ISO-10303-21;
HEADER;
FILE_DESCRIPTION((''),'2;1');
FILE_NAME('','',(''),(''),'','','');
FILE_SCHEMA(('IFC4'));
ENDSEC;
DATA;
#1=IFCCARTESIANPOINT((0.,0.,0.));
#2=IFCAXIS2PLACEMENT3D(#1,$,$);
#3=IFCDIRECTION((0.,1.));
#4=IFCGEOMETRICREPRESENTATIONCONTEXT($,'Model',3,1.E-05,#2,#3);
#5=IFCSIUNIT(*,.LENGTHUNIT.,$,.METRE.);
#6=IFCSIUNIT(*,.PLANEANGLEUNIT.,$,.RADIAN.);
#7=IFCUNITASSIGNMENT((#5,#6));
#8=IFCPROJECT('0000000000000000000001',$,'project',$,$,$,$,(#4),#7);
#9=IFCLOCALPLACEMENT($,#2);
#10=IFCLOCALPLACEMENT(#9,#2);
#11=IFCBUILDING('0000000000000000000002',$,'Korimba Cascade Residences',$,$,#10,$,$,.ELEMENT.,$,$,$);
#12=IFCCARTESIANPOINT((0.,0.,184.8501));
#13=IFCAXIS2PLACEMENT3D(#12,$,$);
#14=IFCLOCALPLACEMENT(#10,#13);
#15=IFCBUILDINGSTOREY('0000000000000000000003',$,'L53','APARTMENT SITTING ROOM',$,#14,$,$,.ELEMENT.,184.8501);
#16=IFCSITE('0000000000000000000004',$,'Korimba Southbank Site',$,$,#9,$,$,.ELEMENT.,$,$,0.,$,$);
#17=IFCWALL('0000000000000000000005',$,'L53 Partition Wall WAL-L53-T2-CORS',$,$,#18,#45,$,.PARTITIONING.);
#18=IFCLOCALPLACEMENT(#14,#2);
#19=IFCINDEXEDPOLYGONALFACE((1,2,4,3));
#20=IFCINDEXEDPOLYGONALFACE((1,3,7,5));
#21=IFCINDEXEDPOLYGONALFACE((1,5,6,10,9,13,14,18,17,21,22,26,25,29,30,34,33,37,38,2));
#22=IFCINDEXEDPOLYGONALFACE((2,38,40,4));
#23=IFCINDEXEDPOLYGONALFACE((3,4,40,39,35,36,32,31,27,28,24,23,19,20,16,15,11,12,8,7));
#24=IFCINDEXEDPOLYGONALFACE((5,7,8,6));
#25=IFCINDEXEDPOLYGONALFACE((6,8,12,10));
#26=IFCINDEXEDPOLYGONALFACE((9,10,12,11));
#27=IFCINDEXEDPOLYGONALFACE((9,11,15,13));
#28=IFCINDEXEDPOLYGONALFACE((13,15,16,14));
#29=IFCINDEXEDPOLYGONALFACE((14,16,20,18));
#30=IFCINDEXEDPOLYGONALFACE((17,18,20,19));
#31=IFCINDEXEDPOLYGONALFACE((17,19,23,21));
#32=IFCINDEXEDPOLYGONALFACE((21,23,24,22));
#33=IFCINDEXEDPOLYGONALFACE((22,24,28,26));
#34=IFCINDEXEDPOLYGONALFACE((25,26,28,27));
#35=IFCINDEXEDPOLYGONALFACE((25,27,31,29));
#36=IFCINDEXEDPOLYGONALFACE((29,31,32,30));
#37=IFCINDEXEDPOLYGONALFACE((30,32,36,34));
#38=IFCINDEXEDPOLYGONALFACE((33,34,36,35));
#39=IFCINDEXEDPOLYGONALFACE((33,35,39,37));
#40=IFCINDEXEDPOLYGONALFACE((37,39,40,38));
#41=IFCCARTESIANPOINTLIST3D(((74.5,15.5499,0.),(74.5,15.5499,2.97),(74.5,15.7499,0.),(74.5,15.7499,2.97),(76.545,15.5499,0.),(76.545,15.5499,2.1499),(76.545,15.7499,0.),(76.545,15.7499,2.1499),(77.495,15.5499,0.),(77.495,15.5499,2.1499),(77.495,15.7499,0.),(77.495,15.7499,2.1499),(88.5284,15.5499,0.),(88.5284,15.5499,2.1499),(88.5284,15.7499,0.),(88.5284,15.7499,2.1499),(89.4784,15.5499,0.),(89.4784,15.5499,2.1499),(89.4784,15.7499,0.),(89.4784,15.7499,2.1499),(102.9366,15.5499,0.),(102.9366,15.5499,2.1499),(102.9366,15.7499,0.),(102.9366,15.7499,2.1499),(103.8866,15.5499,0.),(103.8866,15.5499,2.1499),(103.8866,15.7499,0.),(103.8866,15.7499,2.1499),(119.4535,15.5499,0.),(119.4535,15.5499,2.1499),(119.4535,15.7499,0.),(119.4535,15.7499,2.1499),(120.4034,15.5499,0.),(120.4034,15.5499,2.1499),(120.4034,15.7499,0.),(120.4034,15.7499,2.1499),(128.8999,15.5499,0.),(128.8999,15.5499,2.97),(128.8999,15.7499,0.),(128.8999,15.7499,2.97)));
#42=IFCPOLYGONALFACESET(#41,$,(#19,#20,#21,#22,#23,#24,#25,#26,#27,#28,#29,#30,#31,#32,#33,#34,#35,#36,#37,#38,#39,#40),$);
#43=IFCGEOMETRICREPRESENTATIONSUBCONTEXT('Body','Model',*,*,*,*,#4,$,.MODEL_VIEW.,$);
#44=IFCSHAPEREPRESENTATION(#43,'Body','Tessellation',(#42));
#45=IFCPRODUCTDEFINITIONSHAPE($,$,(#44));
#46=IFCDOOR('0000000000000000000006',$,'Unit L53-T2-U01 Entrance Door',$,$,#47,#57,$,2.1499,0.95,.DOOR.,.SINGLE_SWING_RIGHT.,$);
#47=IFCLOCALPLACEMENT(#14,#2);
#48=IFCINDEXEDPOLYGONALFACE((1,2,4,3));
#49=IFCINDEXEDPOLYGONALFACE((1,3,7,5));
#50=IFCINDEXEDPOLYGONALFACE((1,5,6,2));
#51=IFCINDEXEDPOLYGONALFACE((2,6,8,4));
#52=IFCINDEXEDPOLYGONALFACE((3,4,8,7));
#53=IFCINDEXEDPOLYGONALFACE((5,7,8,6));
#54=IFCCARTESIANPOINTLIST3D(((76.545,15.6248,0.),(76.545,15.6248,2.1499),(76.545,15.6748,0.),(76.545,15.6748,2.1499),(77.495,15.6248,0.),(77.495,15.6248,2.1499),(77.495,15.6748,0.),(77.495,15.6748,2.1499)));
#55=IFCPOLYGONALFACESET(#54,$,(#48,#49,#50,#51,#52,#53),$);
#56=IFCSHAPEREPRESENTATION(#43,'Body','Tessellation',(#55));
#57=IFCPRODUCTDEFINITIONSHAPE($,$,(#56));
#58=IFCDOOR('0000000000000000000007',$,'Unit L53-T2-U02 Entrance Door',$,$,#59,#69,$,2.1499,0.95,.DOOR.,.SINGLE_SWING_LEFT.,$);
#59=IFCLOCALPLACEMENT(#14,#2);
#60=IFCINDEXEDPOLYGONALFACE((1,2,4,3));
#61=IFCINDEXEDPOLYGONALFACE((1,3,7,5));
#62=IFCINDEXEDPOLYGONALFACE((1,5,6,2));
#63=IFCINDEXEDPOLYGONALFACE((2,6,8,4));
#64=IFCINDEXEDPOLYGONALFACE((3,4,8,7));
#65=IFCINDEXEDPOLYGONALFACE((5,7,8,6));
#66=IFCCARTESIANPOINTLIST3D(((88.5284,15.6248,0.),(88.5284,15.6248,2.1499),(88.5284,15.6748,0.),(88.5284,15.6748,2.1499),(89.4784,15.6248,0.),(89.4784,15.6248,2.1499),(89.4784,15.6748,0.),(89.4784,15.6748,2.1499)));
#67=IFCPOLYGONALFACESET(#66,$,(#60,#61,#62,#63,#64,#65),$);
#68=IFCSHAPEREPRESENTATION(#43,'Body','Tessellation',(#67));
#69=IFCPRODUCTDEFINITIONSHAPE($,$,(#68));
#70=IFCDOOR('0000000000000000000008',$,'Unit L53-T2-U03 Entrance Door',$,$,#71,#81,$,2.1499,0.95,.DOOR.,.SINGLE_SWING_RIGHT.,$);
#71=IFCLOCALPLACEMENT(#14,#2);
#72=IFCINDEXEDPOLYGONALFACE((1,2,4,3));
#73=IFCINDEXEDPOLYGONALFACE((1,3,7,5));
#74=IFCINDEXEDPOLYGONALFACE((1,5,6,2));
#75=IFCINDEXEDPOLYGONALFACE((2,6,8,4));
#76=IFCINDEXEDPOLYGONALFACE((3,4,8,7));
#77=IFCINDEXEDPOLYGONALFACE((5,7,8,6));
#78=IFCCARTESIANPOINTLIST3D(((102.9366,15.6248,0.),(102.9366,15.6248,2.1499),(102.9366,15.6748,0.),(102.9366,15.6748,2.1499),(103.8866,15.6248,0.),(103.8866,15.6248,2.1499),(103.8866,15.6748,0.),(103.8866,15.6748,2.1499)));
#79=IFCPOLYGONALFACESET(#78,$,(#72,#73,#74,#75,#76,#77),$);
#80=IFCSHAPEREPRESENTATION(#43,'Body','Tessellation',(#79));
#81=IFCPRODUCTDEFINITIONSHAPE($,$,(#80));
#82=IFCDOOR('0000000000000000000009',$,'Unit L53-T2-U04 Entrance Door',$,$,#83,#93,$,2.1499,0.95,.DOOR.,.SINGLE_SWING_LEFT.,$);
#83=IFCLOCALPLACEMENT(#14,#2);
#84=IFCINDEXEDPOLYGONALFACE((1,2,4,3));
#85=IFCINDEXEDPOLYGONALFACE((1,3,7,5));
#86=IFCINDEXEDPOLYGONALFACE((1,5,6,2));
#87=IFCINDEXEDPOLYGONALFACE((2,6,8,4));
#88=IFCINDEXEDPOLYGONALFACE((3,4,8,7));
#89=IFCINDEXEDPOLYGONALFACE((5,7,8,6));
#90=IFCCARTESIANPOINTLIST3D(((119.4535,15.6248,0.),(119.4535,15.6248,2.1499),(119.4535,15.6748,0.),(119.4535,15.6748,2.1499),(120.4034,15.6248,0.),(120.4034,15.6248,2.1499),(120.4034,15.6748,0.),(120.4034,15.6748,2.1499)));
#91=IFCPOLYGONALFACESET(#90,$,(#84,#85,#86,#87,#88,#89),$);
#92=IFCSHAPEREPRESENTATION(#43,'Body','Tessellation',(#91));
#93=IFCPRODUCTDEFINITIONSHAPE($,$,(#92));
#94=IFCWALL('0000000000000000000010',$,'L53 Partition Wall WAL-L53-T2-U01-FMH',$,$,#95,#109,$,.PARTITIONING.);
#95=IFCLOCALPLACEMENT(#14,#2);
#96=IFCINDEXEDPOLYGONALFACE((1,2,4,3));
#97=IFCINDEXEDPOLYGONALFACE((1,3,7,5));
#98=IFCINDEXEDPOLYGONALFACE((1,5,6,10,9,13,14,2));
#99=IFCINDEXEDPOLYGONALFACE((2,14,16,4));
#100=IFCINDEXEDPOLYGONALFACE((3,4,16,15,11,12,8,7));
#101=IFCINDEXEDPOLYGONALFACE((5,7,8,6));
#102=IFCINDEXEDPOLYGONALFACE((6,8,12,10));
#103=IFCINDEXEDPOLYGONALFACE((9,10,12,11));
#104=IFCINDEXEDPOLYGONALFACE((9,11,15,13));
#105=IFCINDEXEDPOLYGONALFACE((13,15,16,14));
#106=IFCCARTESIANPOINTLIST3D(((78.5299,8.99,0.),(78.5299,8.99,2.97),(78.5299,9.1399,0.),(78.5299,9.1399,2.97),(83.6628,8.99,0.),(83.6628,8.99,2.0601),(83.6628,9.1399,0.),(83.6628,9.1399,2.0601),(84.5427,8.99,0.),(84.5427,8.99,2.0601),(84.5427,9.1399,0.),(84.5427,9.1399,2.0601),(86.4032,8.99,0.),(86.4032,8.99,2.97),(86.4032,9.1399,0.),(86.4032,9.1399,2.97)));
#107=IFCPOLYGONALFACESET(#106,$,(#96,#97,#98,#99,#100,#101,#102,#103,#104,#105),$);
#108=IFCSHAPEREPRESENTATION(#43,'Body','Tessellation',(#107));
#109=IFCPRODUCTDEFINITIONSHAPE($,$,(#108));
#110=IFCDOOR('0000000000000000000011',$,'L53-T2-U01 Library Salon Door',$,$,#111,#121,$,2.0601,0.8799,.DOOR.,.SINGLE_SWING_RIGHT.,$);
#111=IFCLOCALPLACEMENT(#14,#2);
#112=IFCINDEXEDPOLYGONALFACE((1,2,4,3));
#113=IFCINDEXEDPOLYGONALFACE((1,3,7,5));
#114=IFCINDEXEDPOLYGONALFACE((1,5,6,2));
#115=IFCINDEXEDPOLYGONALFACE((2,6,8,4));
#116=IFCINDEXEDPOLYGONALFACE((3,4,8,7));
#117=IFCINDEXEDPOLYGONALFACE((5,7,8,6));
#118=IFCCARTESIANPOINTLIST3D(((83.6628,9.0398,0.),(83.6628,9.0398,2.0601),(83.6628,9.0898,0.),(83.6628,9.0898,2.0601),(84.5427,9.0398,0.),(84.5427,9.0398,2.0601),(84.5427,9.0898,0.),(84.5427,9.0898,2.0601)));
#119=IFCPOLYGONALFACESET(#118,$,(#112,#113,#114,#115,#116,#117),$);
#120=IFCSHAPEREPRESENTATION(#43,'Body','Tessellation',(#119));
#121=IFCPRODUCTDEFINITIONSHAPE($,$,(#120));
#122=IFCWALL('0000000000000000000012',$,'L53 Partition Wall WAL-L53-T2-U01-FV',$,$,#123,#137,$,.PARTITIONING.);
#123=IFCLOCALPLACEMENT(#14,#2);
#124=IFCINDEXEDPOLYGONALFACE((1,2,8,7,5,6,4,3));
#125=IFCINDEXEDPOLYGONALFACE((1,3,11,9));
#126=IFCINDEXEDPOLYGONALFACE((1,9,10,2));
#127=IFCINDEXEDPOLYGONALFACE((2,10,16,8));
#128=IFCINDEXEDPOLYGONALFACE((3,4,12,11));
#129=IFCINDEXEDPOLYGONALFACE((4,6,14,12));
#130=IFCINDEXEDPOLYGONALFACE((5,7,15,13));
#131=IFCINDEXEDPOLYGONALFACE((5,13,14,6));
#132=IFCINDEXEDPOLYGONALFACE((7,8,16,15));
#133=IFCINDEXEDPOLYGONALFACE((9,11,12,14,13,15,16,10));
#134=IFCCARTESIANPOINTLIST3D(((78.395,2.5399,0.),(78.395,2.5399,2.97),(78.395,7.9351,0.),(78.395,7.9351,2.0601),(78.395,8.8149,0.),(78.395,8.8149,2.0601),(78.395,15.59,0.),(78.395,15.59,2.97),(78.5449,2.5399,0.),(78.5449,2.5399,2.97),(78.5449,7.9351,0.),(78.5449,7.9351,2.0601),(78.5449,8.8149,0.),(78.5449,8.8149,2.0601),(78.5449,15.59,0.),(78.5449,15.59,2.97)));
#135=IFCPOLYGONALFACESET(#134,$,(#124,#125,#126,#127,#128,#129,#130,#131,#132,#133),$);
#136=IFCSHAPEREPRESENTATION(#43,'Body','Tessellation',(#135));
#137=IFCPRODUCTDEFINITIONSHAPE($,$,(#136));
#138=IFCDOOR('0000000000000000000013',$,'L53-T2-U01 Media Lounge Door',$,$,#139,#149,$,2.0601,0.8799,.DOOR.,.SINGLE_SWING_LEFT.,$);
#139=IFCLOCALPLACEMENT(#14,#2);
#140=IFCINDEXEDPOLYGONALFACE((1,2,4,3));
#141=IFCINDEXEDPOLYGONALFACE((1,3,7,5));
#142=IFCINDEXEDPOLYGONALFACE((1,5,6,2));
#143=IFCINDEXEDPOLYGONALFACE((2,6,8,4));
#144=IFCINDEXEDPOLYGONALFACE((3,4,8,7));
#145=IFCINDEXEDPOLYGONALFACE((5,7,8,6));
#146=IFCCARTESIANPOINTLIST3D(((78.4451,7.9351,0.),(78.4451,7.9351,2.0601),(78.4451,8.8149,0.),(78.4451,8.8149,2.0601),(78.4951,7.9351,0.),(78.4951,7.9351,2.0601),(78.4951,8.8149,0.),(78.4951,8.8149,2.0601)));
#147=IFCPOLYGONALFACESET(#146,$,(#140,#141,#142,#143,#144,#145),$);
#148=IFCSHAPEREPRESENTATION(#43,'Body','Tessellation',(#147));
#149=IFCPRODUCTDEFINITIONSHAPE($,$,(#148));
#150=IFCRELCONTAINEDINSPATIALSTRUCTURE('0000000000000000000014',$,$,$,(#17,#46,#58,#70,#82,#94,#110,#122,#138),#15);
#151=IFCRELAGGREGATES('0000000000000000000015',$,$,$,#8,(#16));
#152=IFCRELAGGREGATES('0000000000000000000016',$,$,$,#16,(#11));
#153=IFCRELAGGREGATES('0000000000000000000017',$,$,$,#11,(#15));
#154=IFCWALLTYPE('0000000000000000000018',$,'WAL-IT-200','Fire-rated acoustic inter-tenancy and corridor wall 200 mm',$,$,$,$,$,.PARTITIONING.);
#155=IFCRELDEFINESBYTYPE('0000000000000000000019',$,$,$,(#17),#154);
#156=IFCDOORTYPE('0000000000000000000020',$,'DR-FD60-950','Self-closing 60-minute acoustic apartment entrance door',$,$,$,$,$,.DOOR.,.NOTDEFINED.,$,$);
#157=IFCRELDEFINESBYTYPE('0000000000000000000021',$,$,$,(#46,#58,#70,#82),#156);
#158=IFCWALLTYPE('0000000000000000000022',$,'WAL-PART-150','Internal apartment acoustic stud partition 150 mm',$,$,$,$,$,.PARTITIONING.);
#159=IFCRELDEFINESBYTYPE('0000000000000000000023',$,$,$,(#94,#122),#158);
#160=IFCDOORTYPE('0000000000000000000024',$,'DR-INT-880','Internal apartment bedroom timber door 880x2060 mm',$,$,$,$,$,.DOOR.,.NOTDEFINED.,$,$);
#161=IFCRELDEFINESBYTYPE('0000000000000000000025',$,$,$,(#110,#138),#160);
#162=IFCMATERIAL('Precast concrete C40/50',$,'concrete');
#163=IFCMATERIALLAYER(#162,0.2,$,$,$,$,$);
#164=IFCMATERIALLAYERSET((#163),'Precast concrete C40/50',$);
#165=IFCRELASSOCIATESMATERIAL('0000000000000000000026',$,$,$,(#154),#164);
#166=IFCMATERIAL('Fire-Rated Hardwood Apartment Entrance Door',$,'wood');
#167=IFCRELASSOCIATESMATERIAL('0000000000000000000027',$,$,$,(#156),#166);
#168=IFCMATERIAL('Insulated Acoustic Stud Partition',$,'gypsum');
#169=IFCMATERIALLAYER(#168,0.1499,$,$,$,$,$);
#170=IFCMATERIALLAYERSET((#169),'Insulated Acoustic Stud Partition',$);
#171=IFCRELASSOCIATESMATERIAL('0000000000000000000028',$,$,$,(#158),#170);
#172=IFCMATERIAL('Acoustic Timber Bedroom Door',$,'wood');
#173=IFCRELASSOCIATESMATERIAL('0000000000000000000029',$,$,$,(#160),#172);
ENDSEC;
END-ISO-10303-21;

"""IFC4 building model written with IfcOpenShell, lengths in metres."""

from ifc_helpers import new_model, si_unit, direction, frame, frame_2d, origin, place, context, subcontext, project, spatial, rectangle, extrude, material, layer, layer_set, type_object, element, fill, save


model = new_model("IFC4")

# Units and contexts
model_context = context("Model", 3, precision=1e-05, world=origin(), true_north=direction((0.0, 1.0)))
body_context = subcontext(model_context, "Body", "Model", "MODEL_VIEW")
ifc_project = project(units=[si_unit("LENGTHUNIT", "METRE"), si_unit("PLANEANGLEUNIT", "RADIAN")], contexts=[model_context])

# Site, building, storey
site_placement = place(None, origin())
site = spatial("IfcSite", under=ifc_project, at=site_placement, Name="Korimba Southbank Site", CompositionType="ELEMENT", RefElevation=0.0)
building_placement = place(site_placement, origin())
building = spatial("IfcBuilding", under=site, at=building_placement, Name="Korimba Cascade Residences", CompositionType="ELEMENT")
storey_placement = place(building_placement, frame((0.0, 0.0, 184.8501)))
storey = spatial("IfcBuildingStorey", under=building, at=storey_placement, Name="L53", Description="APARTMENT SITTING ROOM", CompositionType="ELEMENT", Elevation=184.8501)

# Shared definitions
ifc_material_1 = material(Name="Precast concrete C40/50", Category="concrete")

# Wall, openings, doors
ifc_layer_1 = layer(ifc_material_1, 0.2)
ifc_layer_set_1 = layer_set([ifc_layer_1], Name="Precast concrete C40/50")
wall_type_1 = type_object("IfcWallType", Name="WAL-IT-200", Description="Fire-rated acoustic inter-tenancy and corridor wall 200 mm", PredefinedType="PARTITIONING", material=ifc_layer_set_1)
wall_1_placement = place(storey_placement, frame((74.5, 15.6499, 0.0), z_axis=(0.0, 0.0, 1.0), x_axis=(1.0, 0.0, 0.0)))
wall_1 = element("IfcWall", 1, at=wall_1_placement, inside=storey, type_object=wall_type_1, Name="L53 Partition Wall WAL-L53-T2-CORS", PredefinedType="PARTITIONING", context=body_context, shape_type="SweptSolid", body=[
    extrude(rectangle(XDim=54.3999, YDim=0.2, at=frame_2d((27.2, 0.0))), origin(), (0.0, 0.0, 1.0), 2.97),
])
opening_1_placement = place(wall_1_placement, frame((2.0449, 0.0, 0.0)))
opening_1 = element("IfcOpeningElement", 2, at=opening_1_placement, cuts=wall_1, PredefinedType="OPENING", context=body_context, shape_type="SweptSolid", body=[
    extrude(rectangle(XDim=0.95, YDim=2.1499, at=frame_2d((0.4751, 1.075))), frame((0.0, 0.1099, 0.0), z_axis=(0.0, -1.0, 0.0), x_axis=(1.0, 0.0, 0.0)), (0.0, 0.0, 1.0), 0.22),
])
opening_2_placement = place(wall_1_placement, frame((14.0283, 0.0, 0.0)))
opening_2 = element("IfcOpeningElement", 3, at=opening_2_placement, cuts=wall_1, PredefinedType="OPENING", context=body_context, shape_type="SweptSolid", body=[
    extrude(rectangle(XDim=0.95, YDim=2.1499, at=frame_2d((0.4751, 1.075))), frame((0.0, 0.1099, 0.0), z_axis=(0.0, -1.0, 0.0), x_axis=(1.0, 0.0, 0.0)), (0.0, 0.0, 1.0), 0.22),
])
opening_3_placement = place(wall_1_placement, frame((28.4365, 0.0, 0.0)))
opening_3 = element("IfcOpeningElement", 4, at=opening_3_placement, cuts=wall_1, PredefinedType="OPENING", context=body_context, shape_type="SweptSolid", body=[
    extrude(rectangle(XDim=0.95, YDim=2.1499, at=frame_2d((0.4751, 1.075))), frame((0.0, 0.1099, 0.0), z_axis=(0.0, -1.0, 0.0), x_axis=(1.0, 0.0, 0.0)), (0.0, 0.0, 1.0), 0.22),
])
opening_4_placement = place(wall_1_placement, frame((44.9534, 0.0, 0.0)))
opening_4 = element("IfcOpeningElement", 5, at=opening_4_placement, cuts=wall_1, PredefinedType="OPENING", context=body_context, shape_type="SweptSolid", body=[
    extrude(rectangle(XDim=0.95, YDim=2.1499, at=frame_2d((0.4751, 1.075))), frame((0.0, 0.1099, 0.0), z_axis=(0.0, -1.0, 0.0), x_axis=(1.0, 0.0, 0.0)), (0.0, 0.0, 1.0), 0.22),
])
ifc_material_2 = material(Name="Fire-Rated Hardwood Apartment Entrance Door", Category="wood")
door_type_1 = type_object("IfcDoorType", Name="DR-FD60-950", Description="Self-closing 60-minute acoustic apartment entrance door", OperationType="NOTDEFINED", PredefinedType="DOOR", material=ifc_material_2)
door_1_placement = place(opening_1_placement, origin())
door_1 = element("IfcDoor", 6, at=door_1_placement, inside=storey, type_object=door_type_1, Name="Unit L53-T2-U01 Entrance Door", OperationType="SINGLE_SWING_RIGHT", OverallHeight=2.1499, OverallWidth=0.95, PredefinedType="DOOR", context=body_context, shape_type="SweptSolid", body=[
    extrude(rectangle(XDim=0.95, YDim=2.1499, at=frame_2d((0.4751, 1.075))), frame((0.0, 0.0249, 0.0), z_axis=(0.0, -1.0, 0.0), x_axis=(1.0, 0.0, 0.0)), (0.0, 0.0, 1.0), 0.05),
])
fill(opening_1, door_1)
door_2_placement = place(opening_2_placement, origin())
door_2 = element("IfcDoor", 7, at=door_2_placement, inside=storey, type_object=door_type_1, Name="Unit L53-T2-U02 Entrance Door", OperationType="SINGLE_SWING_LEFT", OverallHeight=2.1499, OverallWidth=0.95, PredefinedType="DOOR", context=body_context, shape_type="SweptSolid", body=[
    extrude(rectangle(XDim=0.95, YDim=2.1499, at=frame_2d((0.4751, 1.075))), frame((0.0, 0.0249, 0.0), z_axis=(0.0, -1.0, 0.0), x_axis=(1.0, 0.0, 0.0)), (0.0, 0.0, 1.0), 0.05),
])
fill(opening_2, door_2)
door_3_placement = place(opening_3_placement, origin())
door_3 = element("IfcDoor", 8, at=door_3_placement, inside=storey, type_object=door_type_1, Name="Unit L53-T2-U03 Entrance Door", OperationType="SINGLE_SWING_RIGHT", OverallHeight=2.1499, OverallWidth=0.95, PredefinedType="DOOR", context=body_context, shape_type="SweptSolid", body=[
    extrude(rectangle(XDim=0.95, YDim=2.1499, at=frame_2d((0.4751, 1.075))), frame((0.0, 0.0249, 0.0), z_axis=(0.0, -1.0, 0.0), x_axis=(1.0, 0.0, 0.0)), (0.0, 0.0, 1.0), 0.05),
])
fill(opening_3, door_3)
door_4_placement = place(opening_4_placement, origin())
door_4 = element("IfcDoor", 9, at=door_4_placement, inside=storey, type_object=door_type_1, Name="Unit L53-T2-U04 Entrance Door", OperationType="SINGLE_SWING_LEFT", OverallHeight=2.1499, OverallWidth=0.95, PredefinedType="DOOR", context=body_context, shape_type="SweptSolid", body=[
    extrude(rectangle(XDim=0.95, YDim=2.1499, at=frame_2d((0.4751, 1.075))), frame((0.0, 0.0249, 0.0), z_axis=(0.0, -1.0, 0.0), x_axis=(1.0, 0.0, 0.0)), (0.0, 0.0, 1.0), 0.05),
])
fill(opening_4, door_4)

# Walls, openings, doors
ifc_material_3 = material(Name="Insulated Acoustic Stud Partition", Category="gypsum")
ifc_layer_2 = layer(ifc_material_3, 0.1499)
ifc_layer_set_2 = layer_set([ifc_layer_2], Name="Insulated Acoustic Stud Partition")
wall_type_2 = type_object("IfcWallType", Name="WAL-PART-150", Description="Internal apartment acoustic stud partition 150 mm", PredefinedType="PARTITIONING", material=ifc_layer_set_2)
wall_2_placement = place(storey_placement, frame((78.53, 9.0649, 0.0), z_axis=(0.0, 0.0, 1.0), x_axis=(1.0, 0.0, 0.0)))
wall_2 = element("IfcWall", 10, at=wall_2_placement, inside=storey, type_object=wall_type_2, Name="L53 Partition Wall WAL-L53-T2-U01-FMH", PredefinedType="PARTITIONING", context=body_context, shape_type="SweptSolid", body=[
    extrude(rectangle(XDim=7.8733, YDim=0.1499, at=frame_2d((3.9365, 0.0))), origin(), (0.0, 0.0, 1.0), 2.97),
])
opening_5_placement = place(wall_2_placement, frame((5.1328, 0.0, 0.0)))
opening_5 = element("IfcOpeningElement", 11, at=opening_5_placement, cuts=wall_2, PredefinedType="OPENING", context=body_context, shape_type="SweptSolid", body=[
    extrude(rectangle(XDim=0.8799, YDim=2.0601, at=frame_2d((0.4399, 1.03))), frame((0.0, 0.085, 0.0), z_axis=(0.0, -1.0, 0.0), x_axis=(1.0, 0.0, 0.0)), (0.0, 0.0, 1.0), 0.1699),
])
ifc_material_4 = material(Name="Acoustic Timber Bedroom Door", Category="wood")
door_type_2 = type_object("IfcDoorType", Name="DR-INT-880", Description="Internal apartment bedroom timber door 880x2060 mm", OperationType="NOTDEFINED", PredefinedType="DOOR", material=ifc_material_4)
door_5_placement = place(opening_5_placement, origin())
door_5 = element("IfcDoor", 12, at=door_5_placement, inside=storey, type_object=door_type_2, Name="L53-T2-U01 Library Salon Door", OperationType="SINGLE_SWING_RIGHT", OverallHeight=2.0601, OverallWidth=0.8799, PredefinedType="DOOR", context=body_context, shape_type="SweptSolid", body=[
    extrude(rectangle(XDim=0.8799, YDim=2.0601, at=frame_2d((0.4399, 1.03))), frame((0.0, 0.0249, 0.0), z_axis=(0.0, -1.0, 0.0), x_axis=(1.0, 0.0, 0.0)), (0.0, 0.0, 1.0), 0.05),
])
fill(opening_5, door_5)
wall_3_placement = place(storey_placement, frame((78.47, 2.54, 0.0), z_axis=(0.0, 0.0, 1.0), x_axis=(0.0, 1.0, 0.0)))
wall_3 = element("IfcWall", 13, at=wall_3_placement, inside=storey, type_object=wall_type_2, Name="L53 Partition Wall WAL-L53-T2-U01-FV", PredefinedType="PARTITIONING", context=body_context, shape_type="SweptSolid", body=[
    extrude(rectangle(XDim=13.05, YDim=0.1499, at=frame_2d((6.5249, 0.0))), origin(), (0.0, 0.0, 1.0), 2.97),
])
opening_6_placement = place(wall_3_placement, frame((5.395, 0.0, 0.0)))
opening_6 = element("IfcOpeningElement", 14, at=opening_6_placement, cuts=wall_3, PredefinedType="OPENING", context=body_context, shape_type="SweptSolid", body=[
    extrude(rectangle(XDim=0.8799, YDim=2.0601, at=frame_2d((0.4399, 1.03))), frame((0.0, 0.085, 0.0), z_axis=(0.0, -1.0, 0.0), x_axis=(1.0, 0.0, 0.0)), (0.0, 0.0, 1.0), 0.1699),
])
door_6_placement = place(opening_6_placement, origin())
door_6 = element("IfcDoor", 15, at=door_6_placement, inside=storey, type_object=door_type_2, Name="L53-T2-U01 Media Lounge Door", OperationType="SINGLE_SWING_LEFT", OverallHeight=2.0601, OverallWidth=0.8799, PredefinedType="DOOR", context=body_context, shape_type="SweptSolid", body=[
    extrude(rectangle(XDim=0.8799, YDim=2.0601, at=frame_2d((0.4399, 1.03))), frame((0.0, 0.0249, 0.0), z_axis=(0.0, -1.0, 0.0), x_axis=(1.0, 0.0, 0.0)), (0.0, 0.0, 1.0), 0.05),
])
fill(opening_6, door_6)

save(model, "model.ifc")
